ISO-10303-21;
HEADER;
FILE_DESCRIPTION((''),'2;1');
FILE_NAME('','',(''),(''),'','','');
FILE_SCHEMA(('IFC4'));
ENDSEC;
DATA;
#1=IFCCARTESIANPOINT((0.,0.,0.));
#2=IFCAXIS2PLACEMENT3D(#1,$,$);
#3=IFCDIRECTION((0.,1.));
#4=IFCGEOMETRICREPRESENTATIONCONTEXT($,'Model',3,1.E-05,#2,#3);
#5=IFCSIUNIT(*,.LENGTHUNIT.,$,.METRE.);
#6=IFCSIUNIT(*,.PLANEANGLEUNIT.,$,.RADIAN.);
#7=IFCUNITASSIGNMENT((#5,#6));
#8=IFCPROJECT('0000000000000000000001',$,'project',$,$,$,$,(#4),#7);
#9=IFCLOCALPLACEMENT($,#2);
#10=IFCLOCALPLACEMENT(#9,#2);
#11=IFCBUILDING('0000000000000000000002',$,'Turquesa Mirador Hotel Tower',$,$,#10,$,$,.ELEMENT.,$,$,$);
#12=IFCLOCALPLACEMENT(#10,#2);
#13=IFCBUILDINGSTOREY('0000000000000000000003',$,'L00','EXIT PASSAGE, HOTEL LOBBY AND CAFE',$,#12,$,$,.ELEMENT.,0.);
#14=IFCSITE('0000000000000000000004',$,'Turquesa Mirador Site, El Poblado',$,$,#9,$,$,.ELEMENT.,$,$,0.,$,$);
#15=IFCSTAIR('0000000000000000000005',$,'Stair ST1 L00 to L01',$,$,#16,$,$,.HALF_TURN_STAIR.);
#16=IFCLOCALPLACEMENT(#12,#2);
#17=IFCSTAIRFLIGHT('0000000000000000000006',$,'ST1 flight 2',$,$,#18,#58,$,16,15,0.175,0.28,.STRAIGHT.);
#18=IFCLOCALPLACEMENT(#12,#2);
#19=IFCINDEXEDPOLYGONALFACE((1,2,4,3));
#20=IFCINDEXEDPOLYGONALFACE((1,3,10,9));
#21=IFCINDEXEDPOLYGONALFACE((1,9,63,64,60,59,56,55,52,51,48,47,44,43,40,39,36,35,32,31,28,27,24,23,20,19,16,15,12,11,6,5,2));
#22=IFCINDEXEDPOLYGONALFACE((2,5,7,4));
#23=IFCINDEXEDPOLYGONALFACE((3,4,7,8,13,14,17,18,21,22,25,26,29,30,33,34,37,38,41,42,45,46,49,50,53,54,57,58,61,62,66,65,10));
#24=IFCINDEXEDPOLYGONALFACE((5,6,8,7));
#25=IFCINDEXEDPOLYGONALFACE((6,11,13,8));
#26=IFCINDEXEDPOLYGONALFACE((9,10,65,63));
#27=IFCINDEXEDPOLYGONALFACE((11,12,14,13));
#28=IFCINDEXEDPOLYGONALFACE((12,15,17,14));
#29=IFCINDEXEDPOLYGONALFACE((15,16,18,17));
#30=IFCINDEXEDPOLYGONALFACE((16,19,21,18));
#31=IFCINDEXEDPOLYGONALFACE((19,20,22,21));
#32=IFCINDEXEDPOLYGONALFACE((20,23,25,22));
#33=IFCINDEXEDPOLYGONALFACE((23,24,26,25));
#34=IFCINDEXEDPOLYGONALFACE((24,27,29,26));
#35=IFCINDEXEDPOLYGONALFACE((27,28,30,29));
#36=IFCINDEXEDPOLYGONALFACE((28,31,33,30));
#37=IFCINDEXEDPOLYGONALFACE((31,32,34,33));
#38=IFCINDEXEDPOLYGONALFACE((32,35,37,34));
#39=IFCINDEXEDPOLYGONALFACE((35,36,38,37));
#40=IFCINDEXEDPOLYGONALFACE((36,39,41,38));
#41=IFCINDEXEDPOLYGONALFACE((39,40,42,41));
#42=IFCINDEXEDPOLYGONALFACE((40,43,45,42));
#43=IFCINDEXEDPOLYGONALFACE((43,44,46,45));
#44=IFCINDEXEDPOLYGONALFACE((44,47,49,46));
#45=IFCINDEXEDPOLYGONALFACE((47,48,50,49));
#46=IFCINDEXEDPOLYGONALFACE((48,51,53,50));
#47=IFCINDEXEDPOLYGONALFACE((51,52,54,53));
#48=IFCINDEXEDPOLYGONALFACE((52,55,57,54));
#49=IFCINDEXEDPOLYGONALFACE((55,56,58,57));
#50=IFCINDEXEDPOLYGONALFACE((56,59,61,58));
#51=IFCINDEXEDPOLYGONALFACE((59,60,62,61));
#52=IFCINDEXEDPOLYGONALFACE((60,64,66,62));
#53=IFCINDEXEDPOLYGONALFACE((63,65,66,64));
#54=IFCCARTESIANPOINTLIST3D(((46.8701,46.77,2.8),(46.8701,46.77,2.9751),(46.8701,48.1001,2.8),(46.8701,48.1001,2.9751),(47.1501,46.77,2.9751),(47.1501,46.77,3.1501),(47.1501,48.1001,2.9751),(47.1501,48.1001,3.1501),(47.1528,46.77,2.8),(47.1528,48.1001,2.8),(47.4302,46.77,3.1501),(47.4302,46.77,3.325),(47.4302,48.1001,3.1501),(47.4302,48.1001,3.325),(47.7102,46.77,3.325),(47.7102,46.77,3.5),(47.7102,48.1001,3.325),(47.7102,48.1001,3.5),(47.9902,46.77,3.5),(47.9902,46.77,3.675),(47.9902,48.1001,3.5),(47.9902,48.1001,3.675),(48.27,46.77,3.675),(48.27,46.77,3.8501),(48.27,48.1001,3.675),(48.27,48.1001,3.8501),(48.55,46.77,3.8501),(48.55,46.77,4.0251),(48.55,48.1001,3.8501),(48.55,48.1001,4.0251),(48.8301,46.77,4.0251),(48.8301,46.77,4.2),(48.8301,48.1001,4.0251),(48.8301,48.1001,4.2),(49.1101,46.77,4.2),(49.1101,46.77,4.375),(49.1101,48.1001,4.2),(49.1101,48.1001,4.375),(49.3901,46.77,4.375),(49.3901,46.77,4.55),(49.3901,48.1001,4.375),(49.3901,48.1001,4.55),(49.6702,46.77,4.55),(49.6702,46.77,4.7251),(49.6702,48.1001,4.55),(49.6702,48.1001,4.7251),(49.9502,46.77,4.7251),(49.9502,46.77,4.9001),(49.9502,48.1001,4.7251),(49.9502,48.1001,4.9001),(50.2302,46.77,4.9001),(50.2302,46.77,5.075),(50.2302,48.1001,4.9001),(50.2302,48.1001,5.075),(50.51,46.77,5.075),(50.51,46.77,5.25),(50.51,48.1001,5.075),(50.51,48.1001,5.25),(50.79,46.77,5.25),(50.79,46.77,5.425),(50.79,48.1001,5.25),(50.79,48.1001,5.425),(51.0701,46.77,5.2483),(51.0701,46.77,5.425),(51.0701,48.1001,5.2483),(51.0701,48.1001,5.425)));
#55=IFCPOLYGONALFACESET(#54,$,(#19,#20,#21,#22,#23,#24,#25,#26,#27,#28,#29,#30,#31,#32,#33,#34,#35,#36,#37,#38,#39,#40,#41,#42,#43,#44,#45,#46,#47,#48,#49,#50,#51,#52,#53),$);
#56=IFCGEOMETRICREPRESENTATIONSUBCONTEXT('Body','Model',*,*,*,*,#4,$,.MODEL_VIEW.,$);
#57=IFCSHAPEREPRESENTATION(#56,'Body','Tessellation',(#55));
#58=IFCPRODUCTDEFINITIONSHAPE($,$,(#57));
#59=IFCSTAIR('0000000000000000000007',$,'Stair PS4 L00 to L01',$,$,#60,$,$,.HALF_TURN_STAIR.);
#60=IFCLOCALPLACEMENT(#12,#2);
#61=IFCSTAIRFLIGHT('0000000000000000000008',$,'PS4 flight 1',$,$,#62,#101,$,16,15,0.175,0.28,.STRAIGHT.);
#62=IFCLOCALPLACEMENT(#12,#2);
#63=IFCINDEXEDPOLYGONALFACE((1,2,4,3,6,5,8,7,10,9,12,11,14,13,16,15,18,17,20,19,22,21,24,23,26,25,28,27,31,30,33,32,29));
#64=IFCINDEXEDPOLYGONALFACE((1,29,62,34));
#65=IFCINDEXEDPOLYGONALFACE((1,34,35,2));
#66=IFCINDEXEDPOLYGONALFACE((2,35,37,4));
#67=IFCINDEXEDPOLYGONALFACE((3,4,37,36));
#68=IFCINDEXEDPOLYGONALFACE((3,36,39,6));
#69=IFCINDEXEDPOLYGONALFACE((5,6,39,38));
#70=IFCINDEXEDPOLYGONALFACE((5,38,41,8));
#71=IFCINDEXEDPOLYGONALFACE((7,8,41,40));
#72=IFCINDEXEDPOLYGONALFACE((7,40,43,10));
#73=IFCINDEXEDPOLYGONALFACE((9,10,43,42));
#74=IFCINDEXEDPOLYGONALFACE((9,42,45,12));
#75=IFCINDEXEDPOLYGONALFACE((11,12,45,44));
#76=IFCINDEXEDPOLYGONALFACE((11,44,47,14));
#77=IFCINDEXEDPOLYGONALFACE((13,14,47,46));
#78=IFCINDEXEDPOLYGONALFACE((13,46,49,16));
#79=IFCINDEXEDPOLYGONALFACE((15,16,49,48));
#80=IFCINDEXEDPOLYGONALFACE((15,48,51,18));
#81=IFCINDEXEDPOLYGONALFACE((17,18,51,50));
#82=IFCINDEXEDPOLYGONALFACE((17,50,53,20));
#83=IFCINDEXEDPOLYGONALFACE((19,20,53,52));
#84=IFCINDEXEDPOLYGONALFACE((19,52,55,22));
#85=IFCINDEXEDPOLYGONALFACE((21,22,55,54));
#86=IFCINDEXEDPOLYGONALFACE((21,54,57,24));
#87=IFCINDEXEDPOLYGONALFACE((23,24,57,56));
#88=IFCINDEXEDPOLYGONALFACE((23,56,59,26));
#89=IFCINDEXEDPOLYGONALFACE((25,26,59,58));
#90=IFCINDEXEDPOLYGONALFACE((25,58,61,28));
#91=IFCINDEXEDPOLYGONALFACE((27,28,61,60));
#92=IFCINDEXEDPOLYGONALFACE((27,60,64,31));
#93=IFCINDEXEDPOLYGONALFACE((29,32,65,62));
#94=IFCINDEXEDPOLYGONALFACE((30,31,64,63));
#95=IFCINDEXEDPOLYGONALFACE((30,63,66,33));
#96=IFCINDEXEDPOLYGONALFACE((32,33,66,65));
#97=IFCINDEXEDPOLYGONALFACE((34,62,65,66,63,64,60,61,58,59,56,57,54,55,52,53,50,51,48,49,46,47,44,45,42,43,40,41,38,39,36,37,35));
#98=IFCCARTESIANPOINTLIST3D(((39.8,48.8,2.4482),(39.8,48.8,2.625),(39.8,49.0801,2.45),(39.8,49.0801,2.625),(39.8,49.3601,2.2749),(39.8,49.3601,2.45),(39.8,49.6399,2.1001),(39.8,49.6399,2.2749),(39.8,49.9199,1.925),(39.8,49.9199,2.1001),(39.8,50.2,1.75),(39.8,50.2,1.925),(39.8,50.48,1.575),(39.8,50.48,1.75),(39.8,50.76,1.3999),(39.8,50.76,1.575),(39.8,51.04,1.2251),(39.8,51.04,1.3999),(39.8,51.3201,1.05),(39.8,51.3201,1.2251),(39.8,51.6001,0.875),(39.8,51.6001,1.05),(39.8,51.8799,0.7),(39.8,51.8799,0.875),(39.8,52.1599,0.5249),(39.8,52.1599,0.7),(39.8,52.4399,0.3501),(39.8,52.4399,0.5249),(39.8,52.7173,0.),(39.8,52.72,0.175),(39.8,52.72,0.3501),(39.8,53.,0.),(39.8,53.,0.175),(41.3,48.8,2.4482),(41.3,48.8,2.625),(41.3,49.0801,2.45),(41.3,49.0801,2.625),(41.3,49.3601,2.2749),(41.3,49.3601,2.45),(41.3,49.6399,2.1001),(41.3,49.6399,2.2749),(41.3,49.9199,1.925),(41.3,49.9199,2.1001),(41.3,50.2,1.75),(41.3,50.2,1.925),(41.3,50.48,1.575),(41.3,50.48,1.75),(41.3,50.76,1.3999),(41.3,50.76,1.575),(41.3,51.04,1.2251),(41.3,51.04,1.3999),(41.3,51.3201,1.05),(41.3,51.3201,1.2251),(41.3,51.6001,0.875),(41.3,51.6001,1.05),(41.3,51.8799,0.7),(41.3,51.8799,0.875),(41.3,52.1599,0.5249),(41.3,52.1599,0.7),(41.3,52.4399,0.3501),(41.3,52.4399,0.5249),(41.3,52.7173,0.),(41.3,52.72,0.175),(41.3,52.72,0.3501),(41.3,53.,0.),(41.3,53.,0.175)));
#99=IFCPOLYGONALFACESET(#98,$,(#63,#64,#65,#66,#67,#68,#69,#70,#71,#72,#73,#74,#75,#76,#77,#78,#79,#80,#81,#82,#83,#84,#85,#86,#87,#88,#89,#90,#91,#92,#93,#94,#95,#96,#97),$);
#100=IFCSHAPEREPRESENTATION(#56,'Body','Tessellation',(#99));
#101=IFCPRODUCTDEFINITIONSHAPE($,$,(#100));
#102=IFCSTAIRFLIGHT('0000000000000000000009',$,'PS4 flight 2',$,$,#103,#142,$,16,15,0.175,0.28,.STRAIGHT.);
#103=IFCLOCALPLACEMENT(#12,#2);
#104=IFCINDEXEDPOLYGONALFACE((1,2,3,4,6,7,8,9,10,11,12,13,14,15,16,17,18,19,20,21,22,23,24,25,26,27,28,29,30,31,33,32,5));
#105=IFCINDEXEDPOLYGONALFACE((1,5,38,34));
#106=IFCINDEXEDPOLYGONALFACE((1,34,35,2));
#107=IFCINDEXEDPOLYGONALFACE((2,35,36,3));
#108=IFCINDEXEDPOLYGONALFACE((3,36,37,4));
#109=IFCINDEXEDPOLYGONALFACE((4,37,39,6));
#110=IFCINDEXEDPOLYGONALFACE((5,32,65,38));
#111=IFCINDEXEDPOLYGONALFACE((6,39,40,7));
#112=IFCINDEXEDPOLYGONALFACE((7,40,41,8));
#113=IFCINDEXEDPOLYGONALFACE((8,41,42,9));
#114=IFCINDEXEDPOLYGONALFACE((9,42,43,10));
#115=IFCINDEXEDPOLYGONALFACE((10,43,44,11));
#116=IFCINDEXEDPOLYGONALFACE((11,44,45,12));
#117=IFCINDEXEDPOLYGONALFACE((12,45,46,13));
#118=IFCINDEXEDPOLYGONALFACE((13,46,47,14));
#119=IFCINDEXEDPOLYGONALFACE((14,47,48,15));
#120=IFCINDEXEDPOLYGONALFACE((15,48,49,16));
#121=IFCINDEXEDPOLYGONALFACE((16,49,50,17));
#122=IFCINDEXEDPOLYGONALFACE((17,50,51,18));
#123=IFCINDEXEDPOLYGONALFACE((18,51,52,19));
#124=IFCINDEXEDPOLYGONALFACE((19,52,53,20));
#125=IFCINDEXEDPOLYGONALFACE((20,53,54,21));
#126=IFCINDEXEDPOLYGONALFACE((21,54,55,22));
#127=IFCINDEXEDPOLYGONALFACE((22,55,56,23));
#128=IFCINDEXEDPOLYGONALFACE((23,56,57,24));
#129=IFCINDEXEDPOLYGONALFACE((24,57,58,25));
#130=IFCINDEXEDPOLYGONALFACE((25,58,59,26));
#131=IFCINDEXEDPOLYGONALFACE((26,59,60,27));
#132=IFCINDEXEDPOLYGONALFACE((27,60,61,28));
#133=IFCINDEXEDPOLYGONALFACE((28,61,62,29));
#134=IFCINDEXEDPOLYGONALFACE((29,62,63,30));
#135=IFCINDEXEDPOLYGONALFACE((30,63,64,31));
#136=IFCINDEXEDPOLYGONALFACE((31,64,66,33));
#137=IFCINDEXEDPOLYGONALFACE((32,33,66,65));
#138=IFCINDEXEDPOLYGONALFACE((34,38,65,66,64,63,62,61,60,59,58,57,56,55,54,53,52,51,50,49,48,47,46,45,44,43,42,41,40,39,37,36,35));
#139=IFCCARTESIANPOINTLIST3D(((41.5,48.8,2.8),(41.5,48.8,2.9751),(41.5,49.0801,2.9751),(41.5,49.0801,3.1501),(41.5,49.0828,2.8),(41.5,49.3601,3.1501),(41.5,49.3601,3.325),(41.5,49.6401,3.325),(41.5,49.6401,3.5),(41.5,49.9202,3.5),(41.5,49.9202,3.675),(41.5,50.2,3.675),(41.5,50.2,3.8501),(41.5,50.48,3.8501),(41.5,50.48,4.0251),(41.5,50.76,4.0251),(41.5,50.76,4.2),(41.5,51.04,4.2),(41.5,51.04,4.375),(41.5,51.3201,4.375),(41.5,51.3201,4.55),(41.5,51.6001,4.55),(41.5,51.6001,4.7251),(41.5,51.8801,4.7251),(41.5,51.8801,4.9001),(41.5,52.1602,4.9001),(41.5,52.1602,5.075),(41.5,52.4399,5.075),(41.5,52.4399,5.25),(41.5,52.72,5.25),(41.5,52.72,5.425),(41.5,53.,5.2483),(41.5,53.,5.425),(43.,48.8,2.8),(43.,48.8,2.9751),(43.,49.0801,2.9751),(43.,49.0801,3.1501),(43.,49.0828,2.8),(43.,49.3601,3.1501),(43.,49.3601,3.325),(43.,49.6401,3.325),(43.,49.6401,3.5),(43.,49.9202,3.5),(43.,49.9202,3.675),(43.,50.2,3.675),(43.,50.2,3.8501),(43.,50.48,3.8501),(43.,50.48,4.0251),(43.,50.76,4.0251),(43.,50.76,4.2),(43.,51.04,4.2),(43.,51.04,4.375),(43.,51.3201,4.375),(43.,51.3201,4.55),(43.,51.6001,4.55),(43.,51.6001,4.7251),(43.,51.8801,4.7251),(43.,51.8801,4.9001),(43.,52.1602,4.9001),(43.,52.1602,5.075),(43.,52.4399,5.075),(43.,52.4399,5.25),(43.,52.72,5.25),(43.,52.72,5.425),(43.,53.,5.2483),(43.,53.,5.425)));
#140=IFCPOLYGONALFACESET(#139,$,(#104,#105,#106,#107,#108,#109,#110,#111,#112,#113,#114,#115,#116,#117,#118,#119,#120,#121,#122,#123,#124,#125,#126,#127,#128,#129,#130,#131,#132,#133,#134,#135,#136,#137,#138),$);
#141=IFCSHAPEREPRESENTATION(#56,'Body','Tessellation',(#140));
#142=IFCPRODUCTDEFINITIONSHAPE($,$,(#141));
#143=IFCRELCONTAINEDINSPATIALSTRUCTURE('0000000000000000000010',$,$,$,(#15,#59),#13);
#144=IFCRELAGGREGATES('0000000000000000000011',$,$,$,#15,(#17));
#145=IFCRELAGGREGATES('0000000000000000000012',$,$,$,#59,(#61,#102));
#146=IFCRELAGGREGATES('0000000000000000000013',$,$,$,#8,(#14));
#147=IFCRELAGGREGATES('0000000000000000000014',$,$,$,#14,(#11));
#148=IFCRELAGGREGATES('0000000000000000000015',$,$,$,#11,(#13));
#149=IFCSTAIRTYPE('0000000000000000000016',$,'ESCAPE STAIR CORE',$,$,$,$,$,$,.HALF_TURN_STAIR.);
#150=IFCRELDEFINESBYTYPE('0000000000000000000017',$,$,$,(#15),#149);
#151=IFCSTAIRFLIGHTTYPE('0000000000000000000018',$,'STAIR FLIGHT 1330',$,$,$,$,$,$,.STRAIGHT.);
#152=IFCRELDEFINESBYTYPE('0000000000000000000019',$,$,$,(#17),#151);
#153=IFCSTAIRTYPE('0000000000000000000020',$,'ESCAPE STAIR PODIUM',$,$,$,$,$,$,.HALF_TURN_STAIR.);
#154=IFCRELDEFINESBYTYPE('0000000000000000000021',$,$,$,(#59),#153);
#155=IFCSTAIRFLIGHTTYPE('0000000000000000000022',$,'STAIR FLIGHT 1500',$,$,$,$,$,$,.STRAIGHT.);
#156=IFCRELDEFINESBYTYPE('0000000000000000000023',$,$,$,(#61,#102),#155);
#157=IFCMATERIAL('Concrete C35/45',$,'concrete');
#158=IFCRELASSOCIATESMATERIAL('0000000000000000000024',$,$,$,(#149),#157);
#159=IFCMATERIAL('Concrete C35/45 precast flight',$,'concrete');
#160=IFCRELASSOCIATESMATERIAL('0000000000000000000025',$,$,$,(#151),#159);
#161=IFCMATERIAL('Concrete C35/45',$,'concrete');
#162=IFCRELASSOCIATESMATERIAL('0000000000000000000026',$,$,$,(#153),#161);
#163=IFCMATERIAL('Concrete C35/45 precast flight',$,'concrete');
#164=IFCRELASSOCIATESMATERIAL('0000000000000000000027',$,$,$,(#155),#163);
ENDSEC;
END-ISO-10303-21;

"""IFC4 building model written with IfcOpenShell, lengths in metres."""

from ifc_helpers import new_model, si_unit, direction, frame, origin, place, context, subcontext, project, spatial, polyline, outline, extrude, material, type_object, element, aggregate, save


model = new_model("IFC4")

# Units and contexts
model_context = context("Model", 3, precision=1e-05, world=origin(), true_north=direction((0.0, 1.0)))
body_context = subcontext(model_context, "Body", "Model", "MODEL_VIEW")
ifc_project = project(units=[si_unit("LENGTHUNIT", "METRE"), si_unit("PLANEANGLEUNIT", "RADIAN")], contexts=[model_context])

# Site, building, storey
site_placement = place(None, origin())
site = spatial("IfcSite", under=ifc_project, at=site_placement, Name="Turquesa Mirador Site, El Poblado", CompositionType="ELEMENT", RefElevation=0.0)
building_placement = place(site_placement, origin())
building = spatial("IfcBuilding", under=site, at=building_placement, Name="Turquesa Mirador Hotel Tower", CompositionType="ELEMENT")
storey_placement = place(building_placement, origin())
storey = spatial("IfcBuildingStorey", under=building, at=storey_placement, Name="L00", Description="EXIT PASSAGE, HOTEL LOBBY AND CAFE", CompositionType="ELEMENT", Elevation=0.0)

# Stairs, stair flights
ifc_material_1 = material(Name="Concrete C35/45", Category="concrete")
stair_type_1 = type_object("IfcStairType", Name="ESCAPE STAIR CORE", PredefinedType="HALF_TURN_STAIR", material=ifc_material_1)
stair_1_placement = place(storey_placement, origin())
stair_1 = element("IfcStair", 1, at=stair_1_placement, inside=storey, type_object=stair_type_1, Name="Stair ST1 L00 to L01", PredefinedType="HALF_TURN_STAIR")
ifc_material_2 = material(Name="Concrete C35/45 precast flight", Category="concrete")
stair_flight_type_1 = type_object("IfcStairFlightType", Name="STAIR FLIGHT 1330", PredefinedType="STRAIGHT", material=ifc_material_2)
stair_flight_1_placement = place(storey_placement, frame((46.8701, 47.4351, 2.8), z_axis=(0.0, 0.0, 1.0), x_axis=(1.0, 0.0, 0.0)))
stair_flight_1 = element("IfcStairFlight", 2, at=stair_flight_1_placement, type_object=stair_flight_type_1, Name="ST1 flight 2", NumberOfRisers=16, NumberOfTreads=15, PredefinedType="STRAIGHT", RiserHeight=0.175, TreadLength=0.28, context=body_context, shape_type="SweptSolid", body=[
    extrude(outline(polyline([(0.0, 0.0), (0.0, 0.175), (0.28, 0.175), (0.28, 0.3501), (0.5601, 0.3501), (0.5601, 0.5249), (0.8401, 0.5249), (0.8401, 0.7), (1.1201, 0.7), (1.1201, 0.875), (1.3999, 0.875), (1.3999, 1.05), (1.6799, 1.05), (1.6799, 1.2251), (1.96, 1.2251), (1.96, 1.3999), (2.24, 1.3999), (2.24, 1.575), (2.52, 1.575), (2.52, 1.75), (2.8, 1.75), (2.8, 1.925), (3.0801, 1.925), (3.0801, 2.1001), (3.3601, 2.1001), (3.3601, 2.2749), (3.6399, 2.2749), (3.6399, 2.45), (3.9199, 2.45), (3.9199, 2.625), (4.2, 2.625), (4.2, 2.8), (4.2, 2.4482), (0.2827, 0.0), (0.0, 0.0)])), frame((0.0, 0.665, 0.0), z_axis=(0.0, -1.0, 0.0), x_axis=(1.0, 0.0, 0.0)), (0.0, 0.0, 1.0), 1.3301),
])
aggregate(stair_1, [stair_flight_1])
ifc_material_3 = material(Name="Concrete C35/45", Category="concrete")
stair_type_2 = type_object("IfcStairType", Name="ESCAPE STAIR PODIUM", PredefinedType="HALF_TURN_STAIR", material=ifc_material_3)
stair_2_placement = place(storey_placement, origin())
stair_2 = element("IfcStair", 3, at=stair_2_placement, inside=storey, type_object=stair_type_2, Name="Stair PS4 L00 to L01", PredefinedType="HALF_TURN_STAIR")
ifc_material_4 = material(Name="Concrete C35/45 precast flight", Category="concrete")
stair_flight_type_2 = type_object("IfcStairFlightType", Name="STAIR FLIGHT 1500", PredefinedType="STRAIGHT", material=ifc_material_4)
stair_flight_2_placement = place(storey_placement, frame((40.55, 53.0, 0.0), z_axis=(0.0, 0.0, 1.0), x_axis=(0.0, -1.0, 0.0)))
stair_flight_2 = element("IfcStairFlight", 4, at=stair_flight_2_placement, type_object=stair_flight_type_2, Name="PS4 flight 1", NumberOfRisers=16, NumberOfTreads=15, PredefinedType="STRAIGHT", RiserHeight=0.175, TreadLength=0.28, context=body_context, shape_type="SweptSolid", body=[
    extrude(outline(polyline([(0.0, 0.0), (0.0, 0.175), (0.28, 0.175), (0.28, 0.3501), (0.5601, 0.3501), (0.5601, 0.5249), (0.8401, 0.5249), (0.8401, 0.7), (1.1201, 0.7), (1.1201, 0.875), (1.3999, 0.875), (1.3999, 1.05), (1.6799, 1.05), (1.6799, 1.2251), (1.96, 1.2251), (1.96, 1.3999), (2.24, 1.3999), (2.24, 1.575), (2.52, 1.575), (2.52, 1.75), (2.8, 1.75), (2.8, 1.925), (3.0801, 1.925), (3.0801, 2.1001), (3.3601, 2.1001), (3.3601, 2.2749), (3.6399, 2.2749), (3.6399, 2.45), (3.9199, 2.45), (3.9199, 2.625), (4.2, 2.625), (4.2, 2.8), (4.2, 2.4482), (0.2827, 0.0), (0.0, 0.0)])), frame((0.0, 0.75, 0.0), z_axis=(0.0, -1.0, 0.0), x_axis=(1.0, 0.0, 0.0)), (0.0, 0.0, 1.0), 1.5),
])
stair_flight_3_placement = place(storey_placement, frame((42.25, 48.8, 2.8), z_axis=(0.0, 0.0, 1.0), x_axis=(0.0, 1.0, 0.0)))
stair_flight_3 = element("IfcStairFlight", 5, at=stair_flight_3_placement, type_object=stair_flight_type_2, Name="PS4 flight 2", NumberOfRisers=16, NumberOfTreads=15, PredefinedType="STRAIGHT", RiserHeight=0.175, TreadLength=0.28, context=body_context, shape_type="SweptSolid", body=[
    extrude(outline(polyline([(0.0, 0.0), (0.0, 0.175), (0.28, 0.175), (0.28, 0.3501), (0.5601, 0.3501), (0.5601, 0.5249), (0.8401, 0.5249), (0.8401, 0.7), (1.1201, 0.7), (1.1201, 0.875), (1.3999, 0.875), (1.3999, 1.05), (1.6799, 1.05), (1.6799, 1.2251), (1.96, 1.2251), (1.96, 1.3999), (2.24, 1.3999), (2.24, 1.575), (2.52, 1.575), (2.52, 1.75), (2.8, 1.75), (2.8, 1.925), (3.0801, 1.925), (3.0801, 2.1001), (3.3601, 2.1001), (3.3601, 2.2749), (3.6399, 2.2749), (3.6399, 2.45), (3.9199, 2.45), (3.9199, 2.625), (4.2, 2.625), (4.2, 2.8), (4.2, 2.4482), (0.2827, 0.0), (0.0, 0.0)])), frame((0.0, 0.75, 0.0), z_axis=(0.0, -1.0, 0.0), x_axis=(1.0, 0.0, 0.0)), (0.0, 0.0, 1.0), 1.5),
])
aggregate(stair_2, [stair_flight_2, stair_flight_3])

save(model, "model.ifc")
